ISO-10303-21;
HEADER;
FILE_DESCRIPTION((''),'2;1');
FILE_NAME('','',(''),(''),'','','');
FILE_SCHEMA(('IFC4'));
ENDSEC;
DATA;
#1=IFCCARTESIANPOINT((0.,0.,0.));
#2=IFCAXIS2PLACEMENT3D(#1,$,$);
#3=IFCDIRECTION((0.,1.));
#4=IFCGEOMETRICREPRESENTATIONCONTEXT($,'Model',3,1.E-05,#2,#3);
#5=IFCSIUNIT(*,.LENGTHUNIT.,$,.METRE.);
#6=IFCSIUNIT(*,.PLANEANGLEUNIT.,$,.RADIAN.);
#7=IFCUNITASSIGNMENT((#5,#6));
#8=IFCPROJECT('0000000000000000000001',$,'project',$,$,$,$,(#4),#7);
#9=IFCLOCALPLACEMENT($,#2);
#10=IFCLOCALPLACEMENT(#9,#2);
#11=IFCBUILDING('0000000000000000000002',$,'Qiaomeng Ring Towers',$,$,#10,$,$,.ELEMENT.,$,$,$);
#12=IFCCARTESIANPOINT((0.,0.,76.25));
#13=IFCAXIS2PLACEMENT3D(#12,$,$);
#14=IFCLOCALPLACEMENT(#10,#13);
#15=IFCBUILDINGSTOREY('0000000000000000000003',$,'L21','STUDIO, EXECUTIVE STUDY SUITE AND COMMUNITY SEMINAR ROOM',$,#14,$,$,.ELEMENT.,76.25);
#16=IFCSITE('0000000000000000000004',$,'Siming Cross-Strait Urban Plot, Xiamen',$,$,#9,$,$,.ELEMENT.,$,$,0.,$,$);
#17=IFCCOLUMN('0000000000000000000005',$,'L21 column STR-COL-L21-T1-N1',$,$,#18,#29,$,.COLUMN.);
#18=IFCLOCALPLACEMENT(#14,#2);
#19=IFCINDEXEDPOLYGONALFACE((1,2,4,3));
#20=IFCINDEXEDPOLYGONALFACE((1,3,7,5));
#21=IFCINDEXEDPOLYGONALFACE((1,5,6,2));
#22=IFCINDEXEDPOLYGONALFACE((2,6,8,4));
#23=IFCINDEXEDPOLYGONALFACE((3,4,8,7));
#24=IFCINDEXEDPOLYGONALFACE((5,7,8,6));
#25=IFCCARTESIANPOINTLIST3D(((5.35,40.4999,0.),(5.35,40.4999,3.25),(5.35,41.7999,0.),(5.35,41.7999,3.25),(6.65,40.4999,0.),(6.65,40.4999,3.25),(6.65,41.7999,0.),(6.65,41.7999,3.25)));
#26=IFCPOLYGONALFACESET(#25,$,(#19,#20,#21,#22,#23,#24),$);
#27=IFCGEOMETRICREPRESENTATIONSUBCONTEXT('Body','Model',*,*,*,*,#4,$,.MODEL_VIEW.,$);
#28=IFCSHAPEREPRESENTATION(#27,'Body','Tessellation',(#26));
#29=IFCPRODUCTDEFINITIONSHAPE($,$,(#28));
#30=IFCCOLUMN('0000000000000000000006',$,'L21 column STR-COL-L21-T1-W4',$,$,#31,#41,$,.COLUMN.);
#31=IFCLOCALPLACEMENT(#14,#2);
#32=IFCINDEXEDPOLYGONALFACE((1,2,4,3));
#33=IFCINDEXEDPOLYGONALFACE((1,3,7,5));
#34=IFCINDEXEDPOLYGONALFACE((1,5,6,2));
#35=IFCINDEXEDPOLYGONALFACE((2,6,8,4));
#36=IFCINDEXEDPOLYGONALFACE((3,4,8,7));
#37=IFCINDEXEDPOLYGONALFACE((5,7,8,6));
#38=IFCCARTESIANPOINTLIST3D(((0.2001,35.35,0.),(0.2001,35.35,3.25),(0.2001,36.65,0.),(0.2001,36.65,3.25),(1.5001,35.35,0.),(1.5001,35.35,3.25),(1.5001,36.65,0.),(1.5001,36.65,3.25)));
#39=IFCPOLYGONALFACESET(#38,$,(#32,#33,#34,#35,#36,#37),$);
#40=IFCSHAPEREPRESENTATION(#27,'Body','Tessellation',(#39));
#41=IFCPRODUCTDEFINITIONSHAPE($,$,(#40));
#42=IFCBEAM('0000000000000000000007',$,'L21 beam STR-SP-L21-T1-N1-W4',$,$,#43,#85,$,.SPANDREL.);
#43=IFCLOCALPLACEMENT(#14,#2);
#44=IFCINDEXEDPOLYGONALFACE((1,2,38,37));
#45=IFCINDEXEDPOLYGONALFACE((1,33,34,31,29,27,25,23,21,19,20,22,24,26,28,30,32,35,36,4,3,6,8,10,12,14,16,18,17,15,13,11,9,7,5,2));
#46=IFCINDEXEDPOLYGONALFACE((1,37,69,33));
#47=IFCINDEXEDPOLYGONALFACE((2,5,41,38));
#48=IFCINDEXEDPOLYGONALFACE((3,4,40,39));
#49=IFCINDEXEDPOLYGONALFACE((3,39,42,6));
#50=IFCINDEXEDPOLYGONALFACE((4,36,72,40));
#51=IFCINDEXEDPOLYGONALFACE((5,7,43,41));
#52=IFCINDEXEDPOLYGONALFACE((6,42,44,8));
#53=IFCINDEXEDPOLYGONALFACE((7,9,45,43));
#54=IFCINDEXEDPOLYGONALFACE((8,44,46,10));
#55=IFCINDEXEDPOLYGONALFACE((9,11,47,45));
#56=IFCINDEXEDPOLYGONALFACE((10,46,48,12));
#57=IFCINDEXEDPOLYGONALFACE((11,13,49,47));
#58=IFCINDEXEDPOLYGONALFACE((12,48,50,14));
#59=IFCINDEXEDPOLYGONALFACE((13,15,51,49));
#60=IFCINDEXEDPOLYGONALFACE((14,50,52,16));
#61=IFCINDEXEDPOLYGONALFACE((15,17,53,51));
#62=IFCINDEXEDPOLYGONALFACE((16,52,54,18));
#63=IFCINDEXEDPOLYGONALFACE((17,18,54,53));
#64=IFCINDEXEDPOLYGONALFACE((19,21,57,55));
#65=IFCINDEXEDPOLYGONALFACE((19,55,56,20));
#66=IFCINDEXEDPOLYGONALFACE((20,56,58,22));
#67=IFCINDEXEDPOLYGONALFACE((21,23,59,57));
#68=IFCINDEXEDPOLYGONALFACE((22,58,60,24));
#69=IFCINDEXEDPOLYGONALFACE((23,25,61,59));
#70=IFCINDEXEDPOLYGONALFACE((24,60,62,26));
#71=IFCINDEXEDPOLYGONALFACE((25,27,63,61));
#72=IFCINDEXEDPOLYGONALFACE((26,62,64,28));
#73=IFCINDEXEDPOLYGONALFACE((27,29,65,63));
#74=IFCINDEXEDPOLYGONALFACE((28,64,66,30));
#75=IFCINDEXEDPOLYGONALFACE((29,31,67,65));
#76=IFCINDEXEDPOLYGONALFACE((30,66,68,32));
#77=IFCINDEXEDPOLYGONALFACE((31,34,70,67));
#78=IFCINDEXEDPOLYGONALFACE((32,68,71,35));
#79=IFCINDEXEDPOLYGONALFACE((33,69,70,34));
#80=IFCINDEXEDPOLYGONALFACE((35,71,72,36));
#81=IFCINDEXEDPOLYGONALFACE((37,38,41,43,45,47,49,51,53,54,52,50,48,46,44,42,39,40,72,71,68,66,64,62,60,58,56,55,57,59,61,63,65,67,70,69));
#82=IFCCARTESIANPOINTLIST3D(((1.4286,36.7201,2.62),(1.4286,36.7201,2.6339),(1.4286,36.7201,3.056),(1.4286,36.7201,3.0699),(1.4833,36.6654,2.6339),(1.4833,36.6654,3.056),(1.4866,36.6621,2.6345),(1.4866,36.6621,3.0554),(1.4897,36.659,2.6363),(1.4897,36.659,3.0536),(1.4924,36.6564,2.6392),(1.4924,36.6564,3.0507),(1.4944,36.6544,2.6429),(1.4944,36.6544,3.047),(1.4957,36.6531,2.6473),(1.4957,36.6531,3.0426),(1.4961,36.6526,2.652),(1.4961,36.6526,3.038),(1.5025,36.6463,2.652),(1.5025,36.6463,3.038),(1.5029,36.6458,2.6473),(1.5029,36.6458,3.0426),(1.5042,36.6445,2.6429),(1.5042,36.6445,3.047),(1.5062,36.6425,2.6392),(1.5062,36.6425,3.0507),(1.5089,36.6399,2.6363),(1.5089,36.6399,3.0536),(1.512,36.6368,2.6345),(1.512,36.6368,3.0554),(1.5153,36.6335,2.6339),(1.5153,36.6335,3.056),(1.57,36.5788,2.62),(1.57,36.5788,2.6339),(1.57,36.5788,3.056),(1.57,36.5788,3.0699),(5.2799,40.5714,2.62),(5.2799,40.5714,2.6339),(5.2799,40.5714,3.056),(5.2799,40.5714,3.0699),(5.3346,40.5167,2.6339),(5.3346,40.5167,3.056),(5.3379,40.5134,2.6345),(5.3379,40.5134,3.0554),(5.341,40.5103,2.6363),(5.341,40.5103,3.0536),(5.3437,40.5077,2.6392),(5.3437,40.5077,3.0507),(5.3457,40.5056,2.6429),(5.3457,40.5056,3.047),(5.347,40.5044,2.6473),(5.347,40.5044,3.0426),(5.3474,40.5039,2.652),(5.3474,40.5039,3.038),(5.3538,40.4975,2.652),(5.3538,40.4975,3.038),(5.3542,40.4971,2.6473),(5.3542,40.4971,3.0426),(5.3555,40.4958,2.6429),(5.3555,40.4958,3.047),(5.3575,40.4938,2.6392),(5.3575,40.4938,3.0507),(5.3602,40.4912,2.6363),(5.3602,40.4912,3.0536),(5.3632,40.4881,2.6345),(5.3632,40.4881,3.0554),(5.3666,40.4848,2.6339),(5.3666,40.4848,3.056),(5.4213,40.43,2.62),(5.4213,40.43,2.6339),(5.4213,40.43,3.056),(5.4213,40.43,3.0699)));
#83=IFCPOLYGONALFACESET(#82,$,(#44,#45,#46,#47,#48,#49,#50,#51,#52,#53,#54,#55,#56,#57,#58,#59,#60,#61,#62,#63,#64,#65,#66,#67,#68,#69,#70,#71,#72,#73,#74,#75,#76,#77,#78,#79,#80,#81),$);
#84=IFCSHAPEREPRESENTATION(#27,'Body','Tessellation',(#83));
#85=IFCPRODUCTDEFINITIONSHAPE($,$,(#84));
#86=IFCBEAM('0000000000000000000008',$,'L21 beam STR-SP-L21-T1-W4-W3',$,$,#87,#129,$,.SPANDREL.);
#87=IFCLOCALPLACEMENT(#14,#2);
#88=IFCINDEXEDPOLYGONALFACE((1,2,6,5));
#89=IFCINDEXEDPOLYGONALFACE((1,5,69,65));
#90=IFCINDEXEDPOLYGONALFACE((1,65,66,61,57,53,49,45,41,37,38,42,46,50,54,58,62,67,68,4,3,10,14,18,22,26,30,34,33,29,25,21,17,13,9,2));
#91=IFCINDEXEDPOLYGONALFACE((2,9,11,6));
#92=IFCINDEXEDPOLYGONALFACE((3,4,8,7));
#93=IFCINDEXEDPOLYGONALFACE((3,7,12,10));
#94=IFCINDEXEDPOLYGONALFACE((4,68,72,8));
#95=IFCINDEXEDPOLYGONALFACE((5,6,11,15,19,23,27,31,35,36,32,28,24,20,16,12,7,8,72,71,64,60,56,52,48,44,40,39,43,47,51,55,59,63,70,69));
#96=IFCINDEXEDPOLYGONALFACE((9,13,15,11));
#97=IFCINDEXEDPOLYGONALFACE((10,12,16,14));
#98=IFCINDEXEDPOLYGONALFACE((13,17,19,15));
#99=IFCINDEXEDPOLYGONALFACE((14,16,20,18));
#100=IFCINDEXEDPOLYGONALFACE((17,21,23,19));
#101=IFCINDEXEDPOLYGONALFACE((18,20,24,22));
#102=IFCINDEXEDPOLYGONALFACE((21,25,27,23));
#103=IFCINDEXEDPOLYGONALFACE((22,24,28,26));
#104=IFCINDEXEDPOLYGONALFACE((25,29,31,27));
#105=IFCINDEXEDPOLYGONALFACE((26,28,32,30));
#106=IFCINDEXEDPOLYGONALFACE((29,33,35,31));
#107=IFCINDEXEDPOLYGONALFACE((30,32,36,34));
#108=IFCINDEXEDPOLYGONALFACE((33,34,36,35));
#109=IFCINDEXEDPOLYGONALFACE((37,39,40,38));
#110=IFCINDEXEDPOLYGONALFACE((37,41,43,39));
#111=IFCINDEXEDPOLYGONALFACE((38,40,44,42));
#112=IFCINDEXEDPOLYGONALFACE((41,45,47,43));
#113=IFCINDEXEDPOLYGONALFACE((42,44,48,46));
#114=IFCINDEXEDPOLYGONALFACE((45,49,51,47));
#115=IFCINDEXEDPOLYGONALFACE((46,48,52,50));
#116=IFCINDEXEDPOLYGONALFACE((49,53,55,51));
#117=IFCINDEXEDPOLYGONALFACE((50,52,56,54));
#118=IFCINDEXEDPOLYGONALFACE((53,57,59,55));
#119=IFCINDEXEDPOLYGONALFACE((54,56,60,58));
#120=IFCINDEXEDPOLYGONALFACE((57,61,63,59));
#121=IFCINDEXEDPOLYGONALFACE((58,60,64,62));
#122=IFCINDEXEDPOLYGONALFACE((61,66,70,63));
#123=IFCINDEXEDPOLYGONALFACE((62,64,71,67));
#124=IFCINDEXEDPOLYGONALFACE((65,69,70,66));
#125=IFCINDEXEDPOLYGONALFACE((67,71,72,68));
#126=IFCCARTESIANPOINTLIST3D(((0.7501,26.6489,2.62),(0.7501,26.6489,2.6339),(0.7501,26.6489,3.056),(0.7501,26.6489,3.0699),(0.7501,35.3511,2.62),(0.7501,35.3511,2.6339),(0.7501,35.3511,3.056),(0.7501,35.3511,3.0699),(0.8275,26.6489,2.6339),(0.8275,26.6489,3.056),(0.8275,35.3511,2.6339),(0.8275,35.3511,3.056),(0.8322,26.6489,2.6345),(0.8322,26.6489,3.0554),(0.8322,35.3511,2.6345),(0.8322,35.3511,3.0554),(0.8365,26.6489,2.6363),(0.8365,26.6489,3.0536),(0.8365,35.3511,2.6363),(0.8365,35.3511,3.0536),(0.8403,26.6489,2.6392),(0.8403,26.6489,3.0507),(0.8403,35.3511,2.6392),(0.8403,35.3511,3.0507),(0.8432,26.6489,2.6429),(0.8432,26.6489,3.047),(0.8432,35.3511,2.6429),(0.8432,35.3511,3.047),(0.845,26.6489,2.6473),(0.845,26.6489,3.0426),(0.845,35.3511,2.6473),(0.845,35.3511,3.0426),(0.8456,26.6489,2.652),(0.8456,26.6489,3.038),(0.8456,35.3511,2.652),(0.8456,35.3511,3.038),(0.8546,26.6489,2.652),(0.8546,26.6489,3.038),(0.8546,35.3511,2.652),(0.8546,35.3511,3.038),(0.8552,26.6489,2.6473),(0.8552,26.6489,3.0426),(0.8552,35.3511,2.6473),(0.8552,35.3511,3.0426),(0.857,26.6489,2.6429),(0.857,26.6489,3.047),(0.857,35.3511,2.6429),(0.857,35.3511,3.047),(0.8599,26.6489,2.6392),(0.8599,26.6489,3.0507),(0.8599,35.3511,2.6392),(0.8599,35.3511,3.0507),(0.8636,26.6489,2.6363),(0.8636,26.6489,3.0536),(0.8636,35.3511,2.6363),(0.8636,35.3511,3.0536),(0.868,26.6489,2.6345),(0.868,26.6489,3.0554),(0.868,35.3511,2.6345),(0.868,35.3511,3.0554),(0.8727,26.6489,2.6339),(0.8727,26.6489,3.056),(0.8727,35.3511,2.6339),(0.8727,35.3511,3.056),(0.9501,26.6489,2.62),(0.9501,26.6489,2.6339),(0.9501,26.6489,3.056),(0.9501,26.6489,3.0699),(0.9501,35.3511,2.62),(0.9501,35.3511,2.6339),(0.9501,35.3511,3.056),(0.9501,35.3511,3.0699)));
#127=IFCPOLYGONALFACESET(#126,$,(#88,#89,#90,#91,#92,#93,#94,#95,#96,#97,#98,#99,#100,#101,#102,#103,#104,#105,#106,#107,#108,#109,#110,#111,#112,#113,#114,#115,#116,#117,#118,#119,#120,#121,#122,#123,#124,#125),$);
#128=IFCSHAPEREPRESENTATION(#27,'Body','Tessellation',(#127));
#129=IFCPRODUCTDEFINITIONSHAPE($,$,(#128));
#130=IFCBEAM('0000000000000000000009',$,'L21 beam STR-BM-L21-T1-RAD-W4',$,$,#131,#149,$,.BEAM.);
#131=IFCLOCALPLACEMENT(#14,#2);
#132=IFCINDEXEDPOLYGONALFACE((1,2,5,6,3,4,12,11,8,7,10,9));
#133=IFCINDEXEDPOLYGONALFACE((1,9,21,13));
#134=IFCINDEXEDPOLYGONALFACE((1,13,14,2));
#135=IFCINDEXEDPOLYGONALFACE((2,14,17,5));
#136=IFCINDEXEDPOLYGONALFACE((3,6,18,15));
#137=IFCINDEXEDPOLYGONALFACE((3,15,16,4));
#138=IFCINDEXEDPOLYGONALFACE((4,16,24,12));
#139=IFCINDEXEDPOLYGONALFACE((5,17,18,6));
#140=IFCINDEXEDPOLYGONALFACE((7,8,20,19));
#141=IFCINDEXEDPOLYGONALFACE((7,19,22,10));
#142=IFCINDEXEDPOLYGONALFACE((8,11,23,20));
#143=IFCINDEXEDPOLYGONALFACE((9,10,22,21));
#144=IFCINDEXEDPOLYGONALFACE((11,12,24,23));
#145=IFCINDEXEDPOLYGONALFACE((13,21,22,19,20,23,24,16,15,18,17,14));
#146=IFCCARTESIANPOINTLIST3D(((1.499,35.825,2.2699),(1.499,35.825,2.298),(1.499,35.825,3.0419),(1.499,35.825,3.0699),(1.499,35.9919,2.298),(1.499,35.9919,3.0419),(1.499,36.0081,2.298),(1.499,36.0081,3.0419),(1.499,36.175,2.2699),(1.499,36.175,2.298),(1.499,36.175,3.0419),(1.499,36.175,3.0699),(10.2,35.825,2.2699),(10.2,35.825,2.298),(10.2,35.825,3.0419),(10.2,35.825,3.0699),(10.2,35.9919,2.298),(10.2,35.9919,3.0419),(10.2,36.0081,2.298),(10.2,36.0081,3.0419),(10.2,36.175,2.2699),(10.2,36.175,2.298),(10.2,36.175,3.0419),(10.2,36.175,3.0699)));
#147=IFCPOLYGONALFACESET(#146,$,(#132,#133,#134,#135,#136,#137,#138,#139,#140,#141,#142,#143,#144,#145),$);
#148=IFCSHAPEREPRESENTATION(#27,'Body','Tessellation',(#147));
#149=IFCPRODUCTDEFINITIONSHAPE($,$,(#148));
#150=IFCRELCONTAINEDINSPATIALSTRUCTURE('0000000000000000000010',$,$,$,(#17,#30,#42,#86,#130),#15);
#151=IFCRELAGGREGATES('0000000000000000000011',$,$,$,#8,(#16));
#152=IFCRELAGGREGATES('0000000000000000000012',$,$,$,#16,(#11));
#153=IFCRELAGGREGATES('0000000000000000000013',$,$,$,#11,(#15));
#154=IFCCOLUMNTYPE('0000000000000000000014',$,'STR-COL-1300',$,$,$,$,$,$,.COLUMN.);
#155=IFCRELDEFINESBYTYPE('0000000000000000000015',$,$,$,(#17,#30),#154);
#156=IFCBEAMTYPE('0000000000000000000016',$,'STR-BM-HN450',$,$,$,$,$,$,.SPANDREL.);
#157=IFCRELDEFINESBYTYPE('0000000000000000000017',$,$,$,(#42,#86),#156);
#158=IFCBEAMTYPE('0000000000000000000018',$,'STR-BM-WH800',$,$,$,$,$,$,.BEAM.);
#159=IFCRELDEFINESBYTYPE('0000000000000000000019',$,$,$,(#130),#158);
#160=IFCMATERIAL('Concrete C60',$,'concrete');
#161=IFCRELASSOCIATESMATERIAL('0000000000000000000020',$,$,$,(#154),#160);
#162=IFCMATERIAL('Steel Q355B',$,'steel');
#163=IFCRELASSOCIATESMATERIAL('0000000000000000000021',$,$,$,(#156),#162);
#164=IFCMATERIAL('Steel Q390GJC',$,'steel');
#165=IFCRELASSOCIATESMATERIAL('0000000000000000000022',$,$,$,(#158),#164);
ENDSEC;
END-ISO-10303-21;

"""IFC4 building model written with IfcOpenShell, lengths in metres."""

from ifc_helpers import new_model, si_unit, direction, frame, origin, origin_2d, place, context, subcontext, project, spatial, rectangle, i_section, extrude, source, transform, mapped, material, material_profile, profile_set, type_object, element, save


model = new_model("IFC4")

# Units and contexts
model_context = context("Model", 3, precision=1e-05, world=origin(), true_north=direction((0.0, 1.0)))
body_context = subcontext(model_context, "Body", "Model", "MODEL_VIEW")
ifc_project = project(units=[si_unit("LENGTHUNIT", "METRE"), si_unit("PLANEANGLEUNIT", "RADIAN")], contexts=[model_context])

# Site, building, storey
site_placement = place(None, origin())
site = spatial("IfcSite", under=ifc_project, at=site_placement, Name="Siming Cross-Strait Urban Plot, Xiamen", CompositionType="ELEMENT", RefElevation=0.0)
building_placement = place(site_placement, origin())
building = spatial("IfcBuilding", under=site, at=building_placement, Name="Qiaomeng Ring Towers", CompositionType="ELEMENT")
storey_placement = place(building_placement, frame((0.0, 0.0, 76.25)))
storey = spatial("IfcBuildingStorey", under=building, at=storey_placement, Name="L21", Description="STUDIO, EXECUTIVE STUDY SUITE AND COMMUNITY SEMINAR ROOM", CompositionType="ELEMENT", Elevation=76.25)

# Columns
ifc_material_1 = material(Name="Concrete C60", Category="concrete")
ifc_material_profile_1 = material_profile(ifc_material_1, rectangle(XDim=1.3, YDim=1.3, at=origin_2d()), Name="RC COL 1300x1300")
ifc_profile_set_1 = profile_set([ifc_material_profile_1], Name="Concrete C60")
column_type = type_object("IfcColumnType", Name="STR-COL-1300", PredefinedType="COLUMN", material=ifc_profile_set_1)
shared_shape_1 = source(origin(), body_context, "Body", "SweptSolid", [
    extrude(rectangle(XDim=1.3, YDim=1.3, at=origin_2d()), origin(), (0.0, 0.0, 1.0), 3.25),
])
for number, where, z_axis, x_axis, name in (
    (1, (6.0, 41.1499, 0.0), (0.0, 0.0, 1.0), (1.0, 0.0, 0.0), "L21 column STR-COL-L21-T1-N1"),
    (2, (0.8501, 36.0, 0.0), (0.0, 0.0, 1.0), (1.0, 0.0, 0.0), "L21 column STR-COL-L21-T1-W4"),
):
    element("IfcColumn", number, at=place(storey_placement, frame(where, z_axis=z_axis, x_axis=x_axis)), inside=storey, type_object=column_type, Name=name, PredefinedType="COLUMN", context=body_context, shape_type="MappedRepresentation", body=[
        mapped(shared_shape_1, transform((0.0, 0.0, 0.0), x_axis=(1.0, 0.0, 0.0), y_axis=(0.0, 1.0, 0.0), z_axis=(0.0, 0.0, 1.0), scale=1.0)),
    ])

# Beams
ifc_material_2 = material(Name="Steel Q355B", Category="steel")
ifc_material_profile_2 = material_profile(ifc_material_2, i_section(OverallWidth=0.2, OverallDepth=0.45, WebThickness=0.009, FlangeThickness=0.0139, FilletRadius=0.0181, at=origin_2d()), Name="HN 450x200x9x14")
ifc_profile_set_2 = profile_set([ifc_material_profile_2], Name="Steel Q355B")
beam_type_1 = type_object("IfcBeamType", Name="STR-BM-HN450", PredefinedType="SPANDREL", material=ifc_profile_set_2)
shared_shape_2 = source(origin(), body_context, "Body", "SweptSolid", [
    extrude(i_section(OverallWidth=0.2, OverallDepth=0.45, WebThickness=0.009, FlangeThickness=0.0139, FilletRadius=0.0181, at=origin_2d()), origin(), (0.0, 0.0, 1.0), 5.4465),
])
beam_1_placement = place(storey_placement, frame((5.3506, 40.5007, 2.845), z_axis=(-0.707107, -0.707107, 0.0), x_axis=(0.707107, -0.707107, 0.0)))
element("IfcBeam", 3, at=beam_1_placement, inside=storey, type_object=beam_type_1, Name="L21 beam STR-SP-L21-T1-N1-W4", PredefinedType="SPANDREL", context=body_context, shape_type="MappedRepresentation", body=[
    mapped(shared_shape_2, transform((0.0, 0.0, 0.0), x_axis=(1.0, 0.0, 0.0), y_axis=(0.0, 1.0, 0.0), z_axis=(0.0, 0.0, 1.0), scale=1.0)),
])
shared_shape_3 = source(origin(), body_context, "Body", "SweptSolid", [
    extrude(i_section(OverallWidth=0.2, OverallDepth=0.45, WebThickness=0.009, FlangeThickness=0.0139, FilletRadius=0.0181, at=origin_2d()), origin(), (0.0, 0.0, 1.0), 8.7021),
])
beam_2_placement = place(storey_placement, frame((0.8501, 35.3511, 2.845), z_axis=(0.0, -1.0, 0.0), x_axis=(1.0, 0.0, 0.0)))
element("IfcBeam", 4, at=beam_2_placement, inside=storey, type_object=beam_type_1, Name="L21 beam STR-SP-L21-T1-W4-W3", PredefinedType="SPANDREL", context=body_context, shape_type="MappedRepresentation", body=[
    mapped(shared_shape_3, transform((0.0, 0.0, 0.0), x_axis=(1.0, 0.0, 0.0), y_axis=(0.0, 1.0, 0.0), z_axis=(0.0, 0.0, 1.0), scale=1.0)),
])
ifc_material_3 = material(Name="Steel Q390GJC", Category="steel")
ifc_material_profile_3 = material_profile(ifc_material_3, i_section(OverallWidth=0.3501, OverallDepth=0.8, WebThickness=0.0161, FlangeThickness=0.0281, at=origin_2d()), Name="WH 800x350x16x28")
ifc_profile_set_3 = profile_set([ifc_material_profile_3], Name="Steel Q390GJC")
beam_type_2 = type_object("IfcBeamType", Name="STR-BM-WH800", PredefinedType="BEAM", material=ifc_profile_set_3)
shared_shape_4 = source(origin(), body_context, "Body", "SweptSolid", [
    extrude(i_section(OverallWidth=0.3501, OverallDepth=0.8, WebThickness=0.0161, FlangeThickness=0.0281, at=origin_2d()), origin(), (0.0, 0.0, 1.0), 8.7009),
])
beam_3_placement = place(storey_placement, frame((1.499, 36.0, 2.6699), z_axis=(1.0, 0.0, 0.0), x_axis=(0.0, 1.0, 0.0)))
element("IfcBeam", 5, at=beam_3_placement, inside=storey, type_object=beam_type_2, Name="L21 beam STR-BM-L21-T1-RAD-W4", PredefinedType="BEAM", context=body_context, shape_type="MappedRepresentation", body=[
    mapped(shared_shape_4, transform((0.0, 0.0, 0.0), x_axis=(1.0, 0.0, 0.0), y_axis=(0.0, 1.0, 0.0), z_axis=(0.0, 0.0, 1.0), scale=1.0)),
])

save(model, "model.ifc")
